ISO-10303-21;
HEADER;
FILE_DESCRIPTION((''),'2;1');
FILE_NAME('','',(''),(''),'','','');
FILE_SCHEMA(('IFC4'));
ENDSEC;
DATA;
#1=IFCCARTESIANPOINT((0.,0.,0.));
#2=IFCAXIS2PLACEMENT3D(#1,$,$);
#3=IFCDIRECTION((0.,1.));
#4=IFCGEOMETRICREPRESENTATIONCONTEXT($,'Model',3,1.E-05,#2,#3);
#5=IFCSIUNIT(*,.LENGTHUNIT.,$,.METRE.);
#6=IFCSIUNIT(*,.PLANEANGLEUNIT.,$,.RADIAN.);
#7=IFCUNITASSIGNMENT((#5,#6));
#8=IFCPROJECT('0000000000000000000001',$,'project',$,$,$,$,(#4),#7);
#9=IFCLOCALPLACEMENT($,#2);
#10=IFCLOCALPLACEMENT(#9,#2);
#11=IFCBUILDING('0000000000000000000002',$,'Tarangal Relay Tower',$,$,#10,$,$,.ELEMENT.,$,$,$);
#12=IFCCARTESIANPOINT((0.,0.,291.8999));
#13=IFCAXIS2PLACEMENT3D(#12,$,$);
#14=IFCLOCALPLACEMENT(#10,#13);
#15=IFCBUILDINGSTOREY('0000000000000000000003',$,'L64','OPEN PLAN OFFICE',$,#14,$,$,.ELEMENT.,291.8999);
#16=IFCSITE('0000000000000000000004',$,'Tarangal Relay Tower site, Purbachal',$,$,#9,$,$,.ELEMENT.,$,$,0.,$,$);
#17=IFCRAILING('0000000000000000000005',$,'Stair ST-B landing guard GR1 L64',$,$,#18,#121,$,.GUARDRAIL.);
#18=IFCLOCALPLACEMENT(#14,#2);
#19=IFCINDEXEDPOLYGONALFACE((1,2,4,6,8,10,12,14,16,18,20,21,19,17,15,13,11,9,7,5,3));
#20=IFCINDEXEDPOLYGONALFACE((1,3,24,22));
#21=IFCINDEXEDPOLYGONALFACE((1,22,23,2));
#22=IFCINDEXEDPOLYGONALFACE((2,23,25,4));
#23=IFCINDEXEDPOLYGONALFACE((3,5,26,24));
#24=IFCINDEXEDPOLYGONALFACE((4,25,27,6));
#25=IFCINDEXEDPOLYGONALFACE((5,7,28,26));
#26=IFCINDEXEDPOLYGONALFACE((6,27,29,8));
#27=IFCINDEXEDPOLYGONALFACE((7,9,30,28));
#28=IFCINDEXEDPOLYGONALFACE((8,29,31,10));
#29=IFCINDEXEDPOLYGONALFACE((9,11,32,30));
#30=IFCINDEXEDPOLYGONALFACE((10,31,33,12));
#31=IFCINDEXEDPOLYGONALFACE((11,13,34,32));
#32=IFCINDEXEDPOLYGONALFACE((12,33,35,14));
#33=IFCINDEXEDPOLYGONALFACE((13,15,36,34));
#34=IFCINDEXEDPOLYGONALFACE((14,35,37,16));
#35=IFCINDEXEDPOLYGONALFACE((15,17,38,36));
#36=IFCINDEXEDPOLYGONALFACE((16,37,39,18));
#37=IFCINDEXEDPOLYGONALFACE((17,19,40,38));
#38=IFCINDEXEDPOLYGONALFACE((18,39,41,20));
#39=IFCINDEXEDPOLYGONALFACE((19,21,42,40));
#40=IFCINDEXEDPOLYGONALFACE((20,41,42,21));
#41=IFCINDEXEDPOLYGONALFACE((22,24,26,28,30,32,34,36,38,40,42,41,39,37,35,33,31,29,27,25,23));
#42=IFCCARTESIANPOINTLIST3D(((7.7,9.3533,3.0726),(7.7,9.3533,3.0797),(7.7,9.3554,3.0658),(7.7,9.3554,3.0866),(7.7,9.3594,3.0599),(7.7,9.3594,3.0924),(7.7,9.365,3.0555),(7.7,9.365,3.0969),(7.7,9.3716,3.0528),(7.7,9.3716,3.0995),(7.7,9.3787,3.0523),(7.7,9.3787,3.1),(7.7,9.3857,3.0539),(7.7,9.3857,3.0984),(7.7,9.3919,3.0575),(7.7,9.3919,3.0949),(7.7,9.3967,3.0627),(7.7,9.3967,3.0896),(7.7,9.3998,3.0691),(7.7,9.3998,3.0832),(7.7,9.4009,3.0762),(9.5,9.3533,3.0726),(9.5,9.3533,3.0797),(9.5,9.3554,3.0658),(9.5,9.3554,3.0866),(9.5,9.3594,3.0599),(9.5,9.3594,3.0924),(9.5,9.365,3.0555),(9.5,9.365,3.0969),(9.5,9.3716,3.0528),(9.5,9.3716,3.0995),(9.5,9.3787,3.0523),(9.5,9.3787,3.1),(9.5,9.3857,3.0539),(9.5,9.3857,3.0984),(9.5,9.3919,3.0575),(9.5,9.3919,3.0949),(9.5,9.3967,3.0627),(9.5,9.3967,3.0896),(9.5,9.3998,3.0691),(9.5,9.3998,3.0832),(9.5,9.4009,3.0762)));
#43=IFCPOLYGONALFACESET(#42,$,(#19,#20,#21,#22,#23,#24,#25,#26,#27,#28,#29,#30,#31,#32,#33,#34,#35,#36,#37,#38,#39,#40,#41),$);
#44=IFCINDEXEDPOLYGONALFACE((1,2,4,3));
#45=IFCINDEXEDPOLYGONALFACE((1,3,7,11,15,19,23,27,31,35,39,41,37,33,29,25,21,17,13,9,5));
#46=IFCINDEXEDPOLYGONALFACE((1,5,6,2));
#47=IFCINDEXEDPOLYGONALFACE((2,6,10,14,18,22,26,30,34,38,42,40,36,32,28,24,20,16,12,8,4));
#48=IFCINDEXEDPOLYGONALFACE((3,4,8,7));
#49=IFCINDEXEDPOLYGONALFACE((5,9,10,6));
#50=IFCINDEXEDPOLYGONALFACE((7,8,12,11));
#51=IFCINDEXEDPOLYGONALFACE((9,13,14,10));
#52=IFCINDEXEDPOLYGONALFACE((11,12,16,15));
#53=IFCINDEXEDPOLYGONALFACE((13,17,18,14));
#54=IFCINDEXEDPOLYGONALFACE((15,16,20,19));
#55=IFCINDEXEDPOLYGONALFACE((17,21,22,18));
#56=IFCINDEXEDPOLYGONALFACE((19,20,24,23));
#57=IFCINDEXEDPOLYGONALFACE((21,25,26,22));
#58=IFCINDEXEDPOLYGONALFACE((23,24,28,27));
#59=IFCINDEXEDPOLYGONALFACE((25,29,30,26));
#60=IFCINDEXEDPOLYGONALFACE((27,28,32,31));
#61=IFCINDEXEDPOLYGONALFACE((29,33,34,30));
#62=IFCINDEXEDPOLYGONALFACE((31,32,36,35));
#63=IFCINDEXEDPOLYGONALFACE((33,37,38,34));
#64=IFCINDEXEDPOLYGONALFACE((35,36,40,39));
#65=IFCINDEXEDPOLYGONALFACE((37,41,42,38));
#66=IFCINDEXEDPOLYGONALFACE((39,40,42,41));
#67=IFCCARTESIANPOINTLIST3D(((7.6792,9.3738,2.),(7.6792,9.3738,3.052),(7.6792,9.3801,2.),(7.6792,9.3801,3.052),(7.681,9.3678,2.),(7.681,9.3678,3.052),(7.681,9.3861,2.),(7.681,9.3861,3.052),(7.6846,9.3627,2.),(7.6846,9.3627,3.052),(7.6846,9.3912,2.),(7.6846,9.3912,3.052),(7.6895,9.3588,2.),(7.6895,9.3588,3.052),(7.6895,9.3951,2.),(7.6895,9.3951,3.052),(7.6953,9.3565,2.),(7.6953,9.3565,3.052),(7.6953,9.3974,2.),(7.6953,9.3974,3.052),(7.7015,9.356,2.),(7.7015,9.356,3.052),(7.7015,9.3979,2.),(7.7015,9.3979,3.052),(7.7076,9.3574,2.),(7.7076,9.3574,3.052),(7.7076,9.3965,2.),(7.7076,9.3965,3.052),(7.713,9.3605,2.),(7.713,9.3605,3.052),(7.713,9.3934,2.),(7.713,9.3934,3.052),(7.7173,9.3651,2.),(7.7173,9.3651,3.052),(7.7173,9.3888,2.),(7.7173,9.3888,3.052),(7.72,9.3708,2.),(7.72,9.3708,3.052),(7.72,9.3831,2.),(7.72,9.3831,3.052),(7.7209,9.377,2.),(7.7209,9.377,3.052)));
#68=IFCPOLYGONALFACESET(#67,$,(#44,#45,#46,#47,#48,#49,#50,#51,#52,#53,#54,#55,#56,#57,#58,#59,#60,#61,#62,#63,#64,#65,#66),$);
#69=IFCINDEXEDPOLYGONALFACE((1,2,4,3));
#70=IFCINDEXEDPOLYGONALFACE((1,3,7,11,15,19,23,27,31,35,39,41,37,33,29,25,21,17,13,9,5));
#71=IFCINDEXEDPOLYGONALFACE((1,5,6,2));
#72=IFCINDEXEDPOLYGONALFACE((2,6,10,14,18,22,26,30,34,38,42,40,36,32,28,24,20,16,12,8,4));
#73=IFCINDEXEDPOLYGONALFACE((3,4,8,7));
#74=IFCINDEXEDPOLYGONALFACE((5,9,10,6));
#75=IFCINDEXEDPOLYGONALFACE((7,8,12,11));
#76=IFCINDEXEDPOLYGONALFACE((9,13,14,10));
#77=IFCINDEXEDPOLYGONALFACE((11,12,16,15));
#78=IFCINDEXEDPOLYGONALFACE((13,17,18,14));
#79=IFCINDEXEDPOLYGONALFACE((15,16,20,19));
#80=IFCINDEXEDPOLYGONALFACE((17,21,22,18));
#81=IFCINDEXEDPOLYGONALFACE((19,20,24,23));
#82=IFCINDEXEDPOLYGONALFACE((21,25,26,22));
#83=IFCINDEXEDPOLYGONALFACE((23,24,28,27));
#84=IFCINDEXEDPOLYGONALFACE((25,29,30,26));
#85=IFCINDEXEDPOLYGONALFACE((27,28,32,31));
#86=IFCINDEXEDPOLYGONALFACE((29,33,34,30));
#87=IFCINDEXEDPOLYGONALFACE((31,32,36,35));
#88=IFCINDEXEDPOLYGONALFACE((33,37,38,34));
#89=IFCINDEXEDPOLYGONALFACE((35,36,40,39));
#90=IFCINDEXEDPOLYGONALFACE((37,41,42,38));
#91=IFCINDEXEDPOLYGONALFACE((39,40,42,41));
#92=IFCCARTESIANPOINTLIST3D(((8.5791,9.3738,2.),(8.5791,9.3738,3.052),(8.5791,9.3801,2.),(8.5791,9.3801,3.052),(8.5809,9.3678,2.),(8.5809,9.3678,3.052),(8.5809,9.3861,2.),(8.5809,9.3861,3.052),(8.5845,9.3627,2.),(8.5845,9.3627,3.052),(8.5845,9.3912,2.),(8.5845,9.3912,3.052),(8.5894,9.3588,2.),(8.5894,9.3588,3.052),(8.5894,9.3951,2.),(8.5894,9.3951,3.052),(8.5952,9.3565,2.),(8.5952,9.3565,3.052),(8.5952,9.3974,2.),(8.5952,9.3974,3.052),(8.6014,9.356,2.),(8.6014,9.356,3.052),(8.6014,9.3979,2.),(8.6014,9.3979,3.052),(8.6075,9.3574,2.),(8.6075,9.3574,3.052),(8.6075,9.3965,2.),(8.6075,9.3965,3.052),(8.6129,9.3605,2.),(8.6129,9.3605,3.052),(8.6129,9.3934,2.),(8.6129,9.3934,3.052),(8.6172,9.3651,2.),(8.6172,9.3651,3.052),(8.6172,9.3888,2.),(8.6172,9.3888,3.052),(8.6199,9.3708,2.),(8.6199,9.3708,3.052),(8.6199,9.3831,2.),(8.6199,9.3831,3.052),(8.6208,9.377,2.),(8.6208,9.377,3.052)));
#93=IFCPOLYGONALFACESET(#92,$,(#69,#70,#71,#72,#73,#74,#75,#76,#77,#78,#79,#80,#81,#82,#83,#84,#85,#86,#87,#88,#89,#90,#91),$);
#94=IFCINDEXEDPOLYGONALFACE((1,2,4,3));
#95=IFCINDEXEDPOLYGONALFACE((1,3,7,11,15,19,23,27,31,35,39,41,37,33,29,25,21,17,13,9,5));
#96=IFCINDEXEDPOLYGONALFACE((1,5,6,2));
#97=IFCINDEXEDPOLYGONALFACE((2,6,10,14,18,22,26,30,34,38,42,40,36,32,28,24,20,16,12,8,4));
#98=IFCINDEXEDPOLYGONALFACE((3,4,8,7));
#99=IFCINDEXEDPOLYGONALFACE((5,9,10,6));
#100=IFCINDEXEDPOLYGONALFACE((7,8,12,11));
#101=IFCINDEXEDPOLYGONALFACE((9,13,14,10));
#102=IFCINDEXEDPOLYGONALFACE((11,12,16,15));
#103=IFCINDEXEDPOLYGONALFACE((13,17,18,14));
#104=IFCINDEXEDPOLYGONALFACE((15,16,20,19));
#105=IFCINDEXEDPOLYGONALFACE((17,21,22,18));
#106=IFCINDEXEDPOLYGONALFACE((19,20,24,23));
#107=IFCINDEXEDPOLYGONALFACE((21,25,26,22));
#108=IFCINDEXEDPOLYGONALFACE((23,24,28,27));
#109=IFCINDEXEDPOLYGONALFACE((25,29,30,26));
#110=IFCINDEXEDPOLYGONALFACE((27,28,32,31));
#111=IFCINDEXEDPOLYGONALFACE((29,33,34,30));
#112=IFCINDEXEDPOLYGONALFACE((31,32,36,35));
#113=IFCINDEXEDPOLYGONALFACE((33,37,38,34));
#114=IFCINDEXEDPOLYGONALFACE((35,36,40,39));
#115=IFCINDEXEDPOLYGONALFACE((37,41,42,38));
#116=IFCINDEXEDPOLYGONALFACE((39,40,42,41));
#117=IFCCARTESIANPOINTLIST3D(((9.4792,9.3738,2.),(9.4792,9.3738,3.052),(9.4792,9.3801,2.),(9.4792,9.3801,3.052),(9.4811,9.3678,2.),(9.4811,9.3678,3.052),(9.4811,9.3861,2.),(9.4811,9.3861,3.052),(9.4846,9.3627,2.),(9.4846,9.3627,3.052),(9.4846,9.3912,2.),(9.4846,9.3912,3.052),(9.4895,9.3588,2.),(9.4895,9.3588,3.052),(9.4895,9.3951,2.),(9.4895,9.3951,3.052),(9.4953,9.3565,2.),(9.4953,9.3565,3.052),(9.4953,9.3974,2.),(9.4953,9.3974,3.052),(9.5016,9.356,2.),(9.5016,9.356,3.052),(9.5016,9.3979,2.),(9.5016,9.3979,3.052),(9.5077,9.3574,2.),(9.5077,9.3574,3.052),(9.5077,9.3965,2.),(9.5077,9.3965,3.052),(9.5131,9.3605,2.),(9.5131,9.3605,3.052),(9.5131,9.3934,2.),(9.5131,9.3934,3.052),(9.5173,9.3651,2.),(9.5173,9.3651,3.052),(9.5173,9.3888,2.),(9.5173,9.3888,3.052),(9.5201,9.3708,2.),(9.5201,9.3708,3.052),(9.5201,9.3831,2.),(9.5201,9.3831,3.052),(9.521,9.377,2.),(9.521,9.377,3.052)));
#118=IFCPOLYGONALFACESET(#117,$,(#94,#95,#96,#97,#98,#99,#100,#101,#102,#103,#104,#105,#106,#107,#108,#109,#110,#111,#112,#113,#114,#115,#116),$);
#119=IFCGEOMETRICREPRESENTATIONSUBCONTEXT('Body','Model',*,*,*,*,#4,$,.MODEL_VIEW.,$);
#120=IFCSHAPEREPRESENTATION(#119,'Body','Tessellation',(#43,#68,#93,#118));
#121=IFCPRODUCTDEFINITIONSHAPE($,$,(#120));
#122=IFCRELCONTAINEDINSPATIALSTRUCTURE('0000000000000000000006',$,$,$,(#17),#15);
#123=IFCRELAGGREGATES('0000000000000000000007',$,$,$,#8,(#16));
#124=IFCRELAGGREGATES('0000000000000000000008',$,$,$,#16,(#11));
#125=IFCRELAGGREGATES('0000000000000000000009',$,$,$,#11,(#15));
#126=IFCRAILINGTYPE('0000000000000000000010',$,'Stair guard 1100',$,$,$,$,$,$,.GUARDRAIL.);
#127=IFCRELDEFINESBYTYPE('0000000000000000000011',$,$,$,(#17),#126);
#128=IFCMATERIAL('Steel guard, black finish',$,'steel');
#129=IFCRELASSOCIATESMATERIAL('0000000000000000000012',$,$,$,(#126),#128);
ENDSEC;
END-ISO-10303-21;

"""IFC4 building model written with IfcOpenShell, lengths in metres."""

from ifc_helpers import new_model, si_unit, direction, frame, origin, origin_2d, place, context, subcontext, project, spatial, circle, extrude, material, type_object, element, save


model = new_model("IFC4")

# Units and contexts
model_context = context("Model", 3, precision=1e-05, world=origin(), true_north=direction((0.0, 1.0)))
body_context = subcontext(model_context, "Body", "Model", "MODEL_VIEW")
ifc_project = project(units=[si_unit("LENGTHUNIT", "METRE"), si_unit("PLANEANGLEUNIT", "RADIAN")], contexts=[model_context])

# Site, building, storey
site_placement = place(None, origin())
site = spatial("IfcSite", under=ifc_project, at=site_placement, Name="Tarangal Relay Tower site, Purbachal", CompositionType="ELEMENT", RefElevation=0.0)
building_placement = place(site_placement, origin())
building = spatial("IfcBuilding", under=site, at=building_placement, Name="Tarangal Relay Tower", CompositionType="ELEMENT")
storey_placement = place(building_placement, frame((0.0, 0.0, 291.8999)))
storey = spatial("IfcBuildingStorey", under=building, at=storey_placement, Name="L64", Description="OPEN PLAN OFFICE", CompositionType="ELEMENT", Elevation=291.8999)

# Railing
ifc_material_1 = material(Name="Steel guard, black finish", Category="steel")
railing_type_1 = type_object("IfcRailingType", Name="Stair guard 1100", PredefinedType="GUARDRAIL", material=ifc_material_1)
railing_1_placement = place(storey_placement, frame((7.7, 9.377, 2.0)))
element("IfcRailing", 1, at=railing_1_placement, inside=storey, type_object=railing_type_1, Name="Stair ST-B landing guard GR1 L64", PredefinedType="GUARDRAIL", context=body_context, shape_type="SweptSolid", body=[
    extrude(circle(Radius=0.0239, at=origin_2d()), frame((0.0, 0.0, 1.0762), z_axis=(1.0, 0.0, 0.0), x_axis=(0.0, 1.0, 0.0)), (0.0, 0.0, 1.0), 1.8),
    extrude(circle(Radius=0.021, at=origin_2d()), origin(), (0.0, 0.0, 1.0), 1.052),
    extrude(circle(Radius=0.021, at=origin_2d()), frame((0.8999, 0.0, 0.0)), (0.0, 0.0, 1.0), 1.052),
    extrude(circle(Radius=0.021, at=origin_2d()), frame((1.8, 0.0, 0.0)), (0.0, 0.0, 1.0), 1.052),
])

save(model, "model.ifc")
